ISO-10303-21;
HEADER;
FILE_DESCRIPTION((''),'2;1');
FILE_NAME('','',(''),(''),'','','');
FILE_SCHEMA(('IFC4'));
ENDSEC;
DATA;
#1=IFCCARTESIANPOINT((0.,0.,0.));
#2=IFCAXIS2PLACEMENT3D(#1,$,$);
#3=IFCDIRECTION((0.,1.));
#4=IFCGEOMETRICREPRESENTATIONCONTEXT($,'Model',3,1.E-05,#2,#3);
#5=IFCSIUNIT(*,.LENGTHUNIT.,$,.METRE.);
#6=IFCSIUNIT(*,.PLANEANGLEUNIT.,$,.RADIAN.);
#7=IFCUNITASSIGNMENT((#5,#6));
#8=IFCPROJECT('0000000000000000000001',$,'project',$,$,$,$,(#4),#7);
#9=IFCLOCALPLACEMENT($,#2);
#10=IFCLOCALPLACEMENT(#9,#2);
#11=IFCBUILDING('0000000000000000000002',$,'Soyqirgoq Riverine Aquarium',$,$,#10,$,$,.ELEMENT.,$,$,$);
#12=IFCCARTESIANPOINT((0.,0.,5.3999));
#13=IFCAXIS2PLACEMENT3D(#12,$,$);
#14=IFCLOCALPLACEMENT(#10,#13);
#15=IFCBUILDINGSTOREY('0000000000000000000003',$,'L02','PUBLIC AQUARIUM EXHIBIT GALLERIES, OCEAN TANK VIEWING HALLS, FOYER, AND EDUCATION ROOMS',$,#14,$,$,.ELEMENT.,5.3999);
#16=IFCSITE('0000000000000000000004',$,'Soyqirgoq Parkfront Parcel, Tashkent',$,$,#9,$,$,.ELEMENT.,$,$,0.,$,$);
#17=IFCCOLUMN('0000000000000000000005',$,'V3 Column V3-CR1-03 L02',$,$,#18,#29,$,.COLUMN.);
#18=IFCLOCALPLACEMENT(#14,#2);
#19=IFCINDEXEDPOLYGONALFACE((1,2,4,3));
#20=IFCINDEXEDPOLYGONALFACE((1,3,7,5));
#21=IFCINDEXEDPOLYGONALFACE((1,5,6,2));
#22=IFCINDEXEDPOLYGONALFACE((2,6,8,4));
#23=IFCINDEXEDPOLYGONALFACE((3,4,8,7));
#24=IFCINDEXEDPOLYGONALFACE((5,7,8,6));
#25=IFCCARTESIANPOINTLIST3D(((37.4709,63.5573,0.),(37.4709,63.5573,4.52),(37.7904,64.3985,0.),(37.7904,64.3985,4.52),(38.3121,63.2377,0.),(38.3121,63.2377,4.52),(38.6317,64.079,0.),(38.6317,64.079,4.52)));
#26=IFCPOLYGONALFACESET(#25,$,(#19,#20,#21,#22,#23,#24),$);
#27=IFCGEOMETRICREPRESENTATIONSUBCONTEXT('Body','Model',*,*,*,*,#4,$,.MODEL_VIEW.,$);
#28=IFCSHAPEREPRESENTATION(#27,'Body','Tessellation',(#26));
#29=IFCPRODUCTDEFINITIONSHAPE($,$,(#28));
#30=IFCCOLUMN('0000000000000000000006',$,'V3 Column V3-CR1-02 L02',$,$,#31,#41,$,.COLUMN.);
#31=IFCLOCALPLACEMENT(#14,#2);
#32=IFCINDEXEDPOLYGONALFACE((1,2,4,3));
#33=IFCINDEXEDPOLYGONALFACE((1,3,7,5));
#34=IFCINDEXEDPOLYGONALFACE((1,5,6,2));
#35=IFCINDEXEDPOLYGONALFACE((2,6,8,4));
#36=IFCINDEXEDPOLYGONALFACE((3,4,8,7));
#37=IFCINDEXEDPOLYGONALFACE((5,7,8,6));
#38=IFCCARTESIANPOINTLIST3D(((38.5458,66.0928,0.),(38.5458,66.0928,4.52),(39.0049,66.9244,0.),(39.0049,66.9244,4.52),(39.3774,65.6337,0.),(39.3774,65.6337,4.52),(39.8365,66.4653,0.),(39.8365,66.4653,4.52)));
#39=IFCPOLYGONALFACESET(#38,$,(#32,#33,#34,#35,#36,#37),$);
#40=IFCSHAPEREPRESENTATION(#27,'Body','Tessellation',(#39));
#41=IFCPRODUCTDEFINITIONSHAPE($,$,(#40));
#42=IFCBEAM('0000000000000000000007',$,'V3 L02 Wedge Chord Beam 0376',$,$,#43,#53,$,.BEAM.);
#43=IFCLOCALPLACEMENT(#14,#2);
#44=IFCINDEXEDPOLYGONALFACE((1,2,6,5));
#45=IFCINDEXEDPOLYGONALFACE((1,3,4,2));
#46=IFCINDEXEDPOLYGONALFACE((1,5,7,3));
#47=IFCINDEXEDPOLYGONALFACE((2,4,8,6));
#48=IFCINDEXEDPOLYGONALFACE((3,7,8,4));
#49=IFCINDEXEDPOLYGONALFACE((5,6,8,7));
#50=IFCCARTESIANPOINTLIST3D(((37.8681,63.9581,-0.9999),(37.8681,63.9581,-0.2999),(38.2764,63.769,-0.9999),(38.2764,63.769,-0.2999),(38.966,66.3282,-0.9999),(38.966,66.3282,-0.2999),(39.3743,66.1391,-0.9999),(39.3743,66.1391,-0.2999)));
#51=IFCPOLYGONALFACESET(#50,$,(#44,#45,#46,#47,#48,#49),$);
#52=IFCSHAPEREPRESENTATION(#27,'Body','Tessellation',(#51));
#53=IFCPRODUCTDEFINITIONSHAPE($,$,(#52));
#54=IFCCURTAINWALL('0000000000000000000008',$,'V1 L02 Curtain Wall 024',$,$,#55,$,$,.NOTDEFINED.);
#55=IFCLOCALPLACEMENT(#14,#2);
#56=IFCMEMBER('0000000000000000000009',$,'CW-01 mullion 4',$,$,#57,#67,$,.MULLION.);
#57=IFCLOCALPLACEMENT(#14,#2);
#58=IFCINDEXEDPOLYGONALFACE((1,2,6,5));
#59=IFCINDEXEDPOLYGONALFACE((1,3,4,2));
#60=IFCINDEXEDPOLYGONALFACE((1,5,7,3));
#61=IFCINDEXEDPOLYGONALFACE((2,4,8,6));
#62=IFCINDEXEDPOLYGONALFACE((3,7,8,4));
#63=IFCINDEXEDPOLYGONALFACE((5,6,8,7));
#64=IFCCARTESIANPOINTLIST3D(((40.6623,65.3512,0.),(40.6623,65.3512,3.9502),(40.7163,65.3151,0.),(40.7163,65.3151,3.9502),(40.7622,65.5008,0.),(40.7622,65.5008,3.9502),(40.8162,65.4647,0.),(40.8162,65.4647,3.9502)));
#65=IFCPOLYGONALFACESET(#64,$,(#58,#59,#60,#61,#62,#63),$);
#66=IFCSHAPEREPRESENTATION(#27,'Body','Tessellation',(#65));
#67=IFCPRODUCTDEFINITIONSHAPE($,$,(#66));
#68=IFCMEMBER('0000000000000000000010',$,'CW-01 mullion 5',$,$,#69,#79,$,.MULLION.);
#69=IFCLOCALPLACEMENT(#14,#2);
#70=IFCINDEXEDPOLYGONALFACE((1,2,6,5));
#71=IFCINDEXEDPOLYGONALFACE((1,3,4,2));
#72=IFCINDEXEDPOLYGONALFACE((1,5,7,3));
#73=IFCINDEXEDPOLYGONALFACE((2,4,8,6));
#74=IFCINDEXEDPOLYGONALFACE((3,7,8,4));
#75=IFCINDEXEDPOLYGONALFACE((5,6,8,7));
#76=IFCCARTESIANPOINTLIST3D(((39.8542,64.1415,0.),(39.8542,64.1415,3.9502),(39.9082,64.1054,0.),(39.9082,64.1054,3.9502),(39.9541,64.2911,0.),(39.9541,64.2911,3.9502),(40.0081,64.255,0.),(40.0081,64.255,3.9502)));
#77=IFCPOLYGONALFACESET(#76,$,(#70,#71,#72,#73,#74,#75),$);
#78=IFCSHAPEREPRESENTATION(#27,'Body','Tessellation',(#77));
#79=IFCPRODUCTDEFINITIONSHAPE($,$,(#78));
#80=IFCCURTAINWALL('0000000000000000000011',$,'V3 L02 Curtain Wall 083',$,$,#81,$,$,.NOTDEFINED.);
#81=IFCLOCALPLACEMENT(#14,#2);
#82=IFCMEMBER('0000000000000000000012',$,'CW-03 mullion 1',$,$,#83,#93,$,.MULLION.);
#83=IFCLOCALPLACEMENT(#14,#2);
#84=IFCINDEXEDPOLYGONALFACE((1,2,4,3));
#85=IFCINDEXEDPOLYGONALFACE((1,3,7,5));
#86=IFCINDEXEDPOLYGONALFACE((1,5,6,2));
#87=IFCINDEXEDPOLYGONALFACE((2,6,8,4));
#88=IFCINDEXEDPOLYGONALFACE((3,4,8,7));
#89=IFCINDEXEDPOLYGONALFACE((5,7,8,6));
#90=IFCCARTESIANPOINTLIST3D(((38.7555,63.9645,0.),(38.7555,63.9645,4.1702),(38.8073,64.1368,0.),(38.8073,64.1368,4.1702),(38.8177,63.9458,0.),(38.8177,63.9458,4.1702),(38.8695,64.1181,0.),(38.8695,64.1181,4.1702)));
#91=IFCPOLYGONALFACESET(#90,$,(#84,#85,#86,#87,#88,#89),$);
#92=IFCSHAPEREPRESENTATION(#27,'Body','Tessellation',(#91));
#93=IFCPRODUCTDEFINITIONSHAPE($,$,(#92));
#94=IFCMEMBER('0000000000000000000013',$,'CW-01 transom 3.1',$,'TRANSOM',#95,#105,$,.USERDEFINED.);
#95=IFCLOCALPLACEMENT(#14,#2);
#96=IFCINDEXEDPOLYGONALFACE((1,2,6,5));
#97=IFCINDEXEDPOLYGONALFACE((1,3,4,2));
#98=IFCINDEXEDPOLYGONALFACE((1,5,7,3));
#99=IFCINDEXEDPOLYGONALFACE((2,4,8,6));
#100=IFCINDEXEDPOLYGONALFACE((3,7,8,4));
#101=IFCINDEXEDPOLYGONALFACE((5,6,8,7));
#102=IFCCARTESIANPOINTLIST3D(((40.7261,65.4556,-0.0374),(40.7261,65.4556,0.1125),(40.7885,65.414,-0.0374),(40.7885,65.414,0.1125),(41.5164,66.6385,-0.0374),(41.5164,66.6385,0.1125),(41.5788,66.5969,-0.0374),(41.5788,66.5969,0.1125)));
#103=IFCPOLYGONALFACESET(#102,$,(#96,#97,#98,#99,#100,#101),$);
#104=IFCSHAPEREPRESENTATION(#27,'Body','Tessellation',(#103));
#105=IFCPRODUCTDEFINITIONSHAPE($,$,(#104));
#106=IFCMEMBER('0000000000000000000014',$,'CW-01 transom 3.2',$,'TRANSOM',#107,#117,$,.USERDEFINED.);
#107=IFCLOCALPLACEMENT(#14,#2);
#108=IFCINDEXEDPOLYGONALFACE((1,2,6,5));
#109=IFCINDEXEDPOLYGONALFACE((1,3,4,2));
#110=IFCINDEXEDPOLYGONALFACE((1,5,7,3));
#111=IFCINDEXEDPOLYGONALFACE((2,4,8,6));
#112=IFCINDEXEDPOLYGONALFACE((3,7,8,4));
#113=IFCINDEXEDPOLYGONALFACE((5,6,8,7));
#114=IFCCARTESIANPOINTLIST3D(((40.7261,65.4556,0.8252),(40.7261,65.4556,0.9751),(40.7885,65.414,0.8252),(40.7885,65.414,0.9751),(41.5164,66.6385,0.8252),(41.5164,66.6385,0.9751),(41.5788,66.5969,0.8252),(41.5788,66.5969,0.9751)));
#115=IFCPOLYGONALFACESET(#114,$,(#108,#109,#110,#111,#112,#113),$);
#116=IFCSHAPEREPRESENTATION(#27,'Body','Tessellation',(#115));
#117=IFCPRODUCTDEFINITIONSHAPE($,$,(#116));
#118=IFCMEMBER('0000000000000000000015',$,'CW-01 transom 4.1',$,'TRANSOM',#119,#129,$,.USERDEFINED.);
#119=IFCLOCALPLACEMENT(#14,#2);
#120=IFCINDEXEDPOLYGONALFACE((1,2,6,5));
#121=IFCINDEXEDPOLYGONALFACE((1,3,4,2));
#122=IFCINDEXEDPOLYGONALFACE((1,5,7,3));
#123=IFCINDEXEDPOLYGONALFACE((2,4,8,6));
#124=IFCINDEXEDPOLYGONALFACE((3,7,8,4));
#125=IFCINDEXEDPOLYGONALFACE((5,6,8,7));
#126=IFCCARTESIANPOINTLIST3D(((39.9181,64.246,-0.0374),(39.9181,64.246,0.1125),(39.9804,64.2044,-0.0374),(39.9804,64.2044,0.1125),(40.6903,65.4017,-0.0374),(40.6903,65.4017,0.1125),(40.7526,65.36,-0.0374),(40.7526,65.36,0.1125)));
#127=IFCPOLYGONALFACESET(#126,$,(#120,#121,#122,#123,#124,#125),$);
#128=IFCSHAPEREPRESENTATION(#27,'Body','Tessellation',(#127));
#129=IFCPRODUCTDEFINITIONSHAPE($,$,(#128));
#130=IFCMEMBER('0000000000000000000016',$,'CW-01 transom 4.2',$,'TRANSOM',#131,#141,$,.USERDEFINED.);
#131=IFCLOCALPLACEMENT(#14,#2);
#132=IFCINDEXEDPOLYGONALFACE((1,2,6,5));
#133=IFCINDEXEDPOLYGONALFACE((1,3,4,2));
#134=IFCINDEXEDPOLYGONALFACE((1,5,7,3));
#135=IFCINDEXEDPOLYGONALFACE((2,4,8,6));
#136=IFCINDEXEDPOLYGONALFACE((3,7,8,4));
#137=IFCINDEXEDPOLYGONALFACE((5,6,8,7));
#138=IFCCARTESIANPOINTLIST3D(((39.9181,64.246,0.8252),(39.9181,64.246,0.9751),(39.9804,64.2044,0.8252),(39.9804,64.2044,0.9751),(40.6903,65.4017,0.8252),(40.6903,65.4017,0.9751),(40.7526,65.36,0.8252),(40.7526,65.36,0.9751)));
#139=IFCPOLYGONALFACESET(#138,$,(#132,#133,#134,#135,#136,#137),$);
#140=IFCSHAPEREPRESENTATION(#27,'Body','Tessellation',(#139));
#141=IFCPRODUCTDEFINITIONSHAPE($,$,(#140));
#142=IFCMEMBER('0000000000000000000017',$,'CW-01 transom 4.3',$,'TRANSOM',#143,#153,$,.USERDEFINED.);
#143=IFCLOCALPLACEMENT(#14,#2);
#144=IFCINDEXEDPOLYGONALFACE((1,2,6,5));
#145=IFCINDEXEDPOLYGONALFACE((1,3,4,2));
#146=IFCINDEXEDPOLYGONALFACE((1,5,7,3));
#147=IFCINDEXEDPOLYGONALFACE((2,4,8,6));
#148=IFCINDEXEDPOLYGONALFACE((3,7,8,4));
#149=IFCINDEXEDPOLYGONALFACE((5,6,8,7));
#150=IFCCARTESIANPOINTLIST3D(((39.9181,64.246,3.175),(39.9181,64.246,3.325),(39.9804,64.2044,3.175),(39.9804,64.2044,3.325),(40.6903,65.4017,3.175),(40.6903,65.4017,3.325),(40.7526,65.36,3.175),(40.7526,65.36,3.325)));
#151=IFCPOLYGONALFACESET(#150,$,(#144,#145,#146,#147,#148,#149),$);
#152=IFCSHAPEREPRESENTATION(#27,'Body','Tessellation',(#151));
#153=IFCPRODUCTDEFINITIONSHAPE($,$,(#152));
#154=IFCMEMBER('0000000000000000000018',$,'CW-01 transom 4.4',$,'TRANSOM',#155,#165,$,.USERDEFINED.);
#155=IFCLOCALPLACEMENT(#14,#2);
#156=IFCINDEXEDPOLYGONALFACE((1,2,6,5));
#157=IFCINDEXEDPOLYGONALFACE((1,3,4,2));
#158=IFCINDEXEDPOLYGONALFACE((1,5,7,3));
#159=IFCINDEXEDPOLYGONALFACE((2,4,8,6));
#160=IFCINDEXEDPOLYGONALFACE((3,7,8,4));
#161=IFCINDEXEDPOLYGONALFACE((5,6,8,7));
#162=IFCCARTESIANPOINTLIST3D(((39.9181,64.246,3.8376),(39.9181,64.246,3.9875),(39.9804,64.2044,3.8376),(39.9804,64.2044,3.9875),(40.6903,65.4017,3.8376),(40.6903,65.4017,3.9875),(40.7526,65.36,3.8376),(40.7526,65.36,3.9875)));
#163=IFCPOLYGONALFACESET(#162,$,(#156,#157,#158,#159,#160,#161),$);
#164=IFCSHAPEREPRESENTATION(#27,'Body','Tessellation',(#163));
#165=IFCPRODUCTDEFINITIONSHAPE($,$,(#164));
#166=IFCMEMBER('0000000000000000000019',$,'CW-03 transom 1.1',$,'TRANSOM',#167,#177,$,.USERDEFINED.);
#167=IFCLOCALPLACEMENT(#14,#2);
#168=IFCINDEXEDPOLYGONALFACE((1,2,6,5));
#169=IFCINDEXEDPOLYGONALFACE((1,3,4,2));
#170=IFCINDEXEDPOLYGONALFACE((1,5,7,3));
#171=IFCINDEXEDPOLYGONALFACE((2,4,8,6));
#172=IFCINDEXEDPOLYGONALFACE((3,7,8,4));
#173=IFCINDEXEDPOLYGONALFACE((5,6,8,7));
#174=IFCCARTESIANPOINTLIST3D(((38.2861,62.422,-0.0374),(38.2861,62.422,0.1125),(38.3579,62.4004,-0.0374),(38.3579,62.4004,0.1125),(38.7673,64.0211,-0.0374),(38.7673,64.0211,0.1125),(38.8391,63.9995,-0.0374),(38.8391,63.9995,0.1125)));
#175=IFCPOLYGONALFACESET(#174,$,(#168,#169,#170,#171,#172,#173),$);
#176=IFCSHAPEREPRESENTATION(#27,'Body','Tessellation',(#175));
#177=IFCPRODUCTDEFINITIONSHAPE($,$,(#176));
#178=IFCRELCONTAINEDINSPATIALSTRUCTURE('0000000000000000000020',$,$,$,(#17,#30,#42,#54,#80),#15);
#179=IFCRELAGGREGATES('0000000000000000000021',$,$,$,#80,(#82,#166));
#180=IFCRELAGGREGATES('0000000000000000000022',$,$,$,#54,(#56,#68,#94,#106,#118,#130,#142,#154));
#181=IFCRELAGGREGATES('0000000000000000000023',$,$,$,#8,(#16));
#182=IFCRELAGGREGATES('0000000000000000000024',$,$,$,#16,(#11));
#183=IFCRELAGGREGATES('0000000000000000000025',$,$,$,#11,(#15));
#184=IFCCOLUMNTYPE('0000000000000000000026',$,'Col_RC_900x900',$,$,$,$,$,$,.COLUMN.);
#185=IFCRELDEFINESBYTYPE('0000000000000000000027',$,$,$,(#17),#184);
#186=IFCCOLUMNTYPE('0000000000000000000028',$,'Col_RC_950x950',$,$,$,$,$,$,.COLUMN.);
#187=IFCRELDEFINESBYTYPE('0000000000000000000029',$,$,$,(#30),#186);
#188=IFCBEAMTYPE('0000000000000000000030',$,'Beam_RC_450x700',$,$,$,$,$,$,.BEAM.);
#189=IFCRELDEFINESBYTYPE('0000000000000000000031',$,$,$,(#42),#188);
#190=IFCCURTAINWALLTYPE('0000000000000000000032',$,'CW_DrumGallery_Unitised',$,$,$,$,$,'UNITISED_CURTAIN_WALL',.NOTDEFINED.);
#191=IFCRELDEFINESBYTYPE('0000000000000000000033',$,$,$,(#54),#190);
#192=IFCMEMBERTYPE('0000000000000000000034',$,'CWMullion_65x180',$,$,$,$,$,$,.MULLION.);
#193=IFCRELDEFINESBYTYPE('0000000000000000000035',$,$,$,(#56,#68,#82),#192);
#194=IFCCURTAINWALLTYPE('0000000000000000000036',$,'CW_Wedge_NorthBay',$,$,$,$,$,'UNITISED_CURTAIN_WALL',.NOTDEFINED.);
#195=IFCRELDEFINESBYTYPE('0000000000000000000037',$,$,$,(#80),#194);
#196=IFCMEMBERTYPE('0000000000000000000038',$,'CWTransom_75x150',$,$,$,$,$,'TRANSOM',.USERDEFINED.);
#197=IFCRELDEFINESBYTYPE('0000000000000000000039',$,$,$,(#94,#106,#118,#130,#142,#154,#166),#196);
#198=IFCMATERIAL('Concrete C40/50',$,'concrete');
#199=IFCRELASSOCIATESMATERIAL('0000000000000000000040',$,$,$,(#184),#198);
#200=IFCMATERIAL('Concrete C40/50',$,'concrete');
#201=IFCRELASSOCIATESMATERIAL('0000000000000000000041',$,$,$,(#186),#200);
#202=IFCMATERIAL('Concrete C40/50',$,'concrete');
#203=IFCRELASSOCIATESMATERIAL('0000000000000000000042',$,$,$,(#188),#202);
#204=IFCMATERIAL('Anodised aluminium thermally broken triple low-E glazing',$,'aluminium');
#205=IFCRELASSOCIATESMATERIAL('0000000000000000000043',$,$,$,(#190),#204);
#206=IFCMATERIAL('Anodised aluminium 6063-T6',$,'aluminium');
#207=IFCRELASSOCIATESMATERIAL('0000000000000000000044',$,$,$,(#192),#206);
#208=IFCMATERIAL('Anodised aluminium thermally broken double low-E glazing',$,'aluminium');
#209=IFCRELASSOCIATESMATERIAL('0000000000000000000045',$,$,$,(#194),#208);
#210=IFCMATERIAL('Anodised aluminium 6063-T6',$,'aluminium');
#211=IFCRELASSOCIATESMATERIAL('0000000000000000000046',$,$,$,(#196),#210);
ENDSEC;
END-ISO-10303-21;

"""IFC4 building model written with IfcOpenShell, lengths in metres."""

from ifc_helpers import new_model, si_unit, direction, frame, origin, origin_2d, place, context, subcontext, project, spatial, rectangle, extrude, material, material_profile, profile_set, type_object, element, aggregate, save


model = new_model("IFC4")

# Units and contexts
model_context = context("Model", 3, precision=1e-05, world=origin(), true_north=direction((0.0, 1.0)))
body_context = subcontext(model_context, "Body", "Model", "MODEL_VIEW")
ifc_project = project(units=[si_unit("LENGTHUNIT", "METRE"), si_unit("PLANEANGLEUNIT", "RADIAN")], contexts=[model_context])

# Site, building, storey
site_placement = place(None, origin())
site = spatial("IfcSite", under=ifc_project, at=site_placement, Name="Soyqirgoq Parkfront Parcel, Tashkent", CompositionType="ELEMENT", RefElevation=0.0)
building_placement = place(site_placement, origin())
building = spatial("IfcBuilding", under=site, at=building_placement, Name="Soyqirgoq Riverine Aquarium", CompositionType="ELEMENT")
storey_placement = place(building_placement, frame((0.0, 0.0, 5.3999)))
storey = spatial("IfcBuildingStorey", under=building, at=storey_placement, Name="L02", Description="PUBLIC AQUARIUM EXHIBIT GALLERIES, OCEAN TANK VIEWING HALLS, FOYER, AND EDUCATION ROOMS", CompositionType="ELEMENT", Elevation=5.3999)

# Columns
ifc_material_1 = material(Name="Concrete C40/50", Category="concrete")
ifc_material_profile_1 = material_profile(ifc_material_1, rectangle(XDim=0.8999, YDim=0.8999, at=origin_2d()), Name="RC 900x900")
ifc_profile_set_1 = profile_set([ifc_material_profile_1], Name="Concrete C40/50")
column_type_1 = type_object("IfcColumnType", Name="Col_RC_900x900", PredefinedType="COLUMN", material=ifc_profile_set_1)
column_1_placement = place(storey_placement, frame((38.0513, 63.8181, 0.0), z_axis=(0.0, 0.0, 1.0), x_axis=(-0.934826, 0.355107, 0.0)))
element("IfcColumn", 1, at=column_1_placement, inside=storey, type_object=column_type_1, Name="V3 Column V3-CR1-03 L02", PredefinedType="COLUMN", context=body_context, shape_type="SweptSolid", body=[
    extrude(rectangle(XDim=0.8999, YDim=0.8999, at=origin_2d()), origin(), (0.0, 0.0, 1.0), 4.52),
])
ifc_material_2 = material(Name="Concrete C40/50", Category="concrete")
ifc_material_profile_2 = material_profile(ifc_material_2, rectangle(XDim=0.95, YDim=0.95, at=origin_2d()), Name="RC 950x950")
ifc_profile_set_2 = profile_set([ifc_material_profile_2], Name="Concrete C40/50")
column_type_2 = type_object("IfcColumnType", Name="Col_RC_950x950", PredefinedType="COLUMN", material=ifc_profile_set_2)
column_2_placement = place(storey_placement, frame((39.1912, 66.2791, 0.0), z_axis=(0.0, 0.0, 1.0), x_axis=(-0.875465, 0.483282, 0.0)))
element("IfcColumn", 2, at=column_2_placement, inside=storey, type_object=column_type_2, Name="V3 Column V3-CR1-02 L02", PredefinedType="COLUMN", context=body_context, shape_type="SweptSolid", body=[
    extrude(rectangle(XDim=0.95, YDim=0.95, at=origin_2d()), origin(), (0.0, 0.0, 1.0), 4.52),
])

# Beam
ifc_material_3 = material(Name="Concrete C40/50", Category="concrete")
ifc_material_profile_3 = material_profile(ifc_material_3, rectangle(XDim=0.45, YDim=0.7, at=origin_2d()), Name="RC 450x700")
ifc_profile_set_3 = profile_set([ifc_material_profile_3], Name="Concrete C40/50")
beam_type_1 = type_object("IfcBeamType", Name="Beam_RC_450x700", PredefinedType="BEAM", material=ifc_profile_set_3)
beam_1_placement = place(storey_placement, frame((39.1702, 66.2336, -0.6499), z_axis=(-0.42032, -0.907376, 0.0), x_axis=(0.907376, -0.42032, 0.0)))
element("IfcBeam", 3, at=beam_1_placement, inside=storey, type_object=beam_type_1, Name="V3 L02 Wedge Chord Beam 0376", PredefinedType="BEAM", context=body_context, shape_type="SweptSolid", body=[
    extrude(rectangle(XDim=0.45, YDim=0.7, at=origin_2d()), origin(), (0.0, 0.0, 1.0), 2.6121),
])

# Curtain wall, members
ifc_material_4 = material(Name="Anodised aluminium thermally broken triple low-E glazing", Category="aluminium")
curtain_wall_type_1 = type_object("IfcCurtainWallType", Name="CW_DrumGallery_Unitised", ElementType="UNITISED_CURTAIN_WALL", PredefinedType="NOTDEFINED", material=ifc_material_4)
curtain_wall_1_placement = place(storey_placement, origin())
curtain_wall_1 = element("IfcCurtainWall", 4, at=curtain_wall_1_placement, inside=storey, type_object=curtain_wall_type_1, Name="V1 L02 Curtain Wall 024", PredefinedType="NOTDEFINED")
ifc_material_5 = material(Name="Anodised aluminium 6063-T6", Category="aluminium")
ifc_material_profile_4 = material_profile(ifc_material_5, rectangle(XDim=0.0649, YDim=0.1799, at=origin_2d()), Name="ALU-M 65x180")
ifc_profile_set_4 = profile_set([ifc_material_profile_4], Name="Anodised aluminium 6063-T6")
member_type_1 = type_object("IfcMemberType", Name="CWMullion_65x180", PredefinedType="MULLION", material=ifc_profile_set_4)
member_1_placement = place(storey_placement, frame((40.7393, 65.408, 0.0), z_axis=(0.0, 0.0, 1.0), x_axis=(0.831473, -0.555565, 0.0)))
member_1 = element("IfcMember", 5, at=member_1_placement, type_object=member_type_1, Name="CW-01 mullion 4", PredefinedType="MULLION", context=body_context, shape_type="SweptSolid", body=[
    extrude(rectangle(XDim=0.0649, YDim=0.1799, at=origin_2d()), origin(), (0.0, 0.0, 1.0), 3.9502),
])
member_2_placement = place(storey_placement, frame((39.9312, 64.1982, 0.0), z_axis=(0.0, 0.0, 1.0), x_axis=(0.831473, -0.555565, 0.0)))
member_2 = element("IfcMember", 6, at=member_2_placement, type_object=member_type_1, Name="CW-01 mullion 5", PredefinedType="MULLION", context=body_context, shape_type="SweptSolid", body=[
    extrude(rectangle(XDim=0.0649, YDim=0.1799, at=origin_2d()), origin(), (0.0, 0.0, 1.0), 3.9502),
])

# Curtain wall, member
ifc_material_6 = material(Name="Anodised aluminium thermally broken double low-E glazing", Category="aluminium")
curtain_wall_type_2 = type_object("IfcCurtainWallType", Name="CW_Wedge_NorthBay", ElementType="UNITISED_CURTAIN_WALL", PredefinedType="NOTDEFINED", material=ifc_material_6)
curtain_wall_2_placement = place(storey_placement, origin())
curtain_wall_2 = element("IfcCurtainWall", 7, at=curtain_wall_2_placement, inside=storey, type_object=curtain_wall_type_2, Name="V3 L02 Curtain Wall 083", PredefinedType="NOTDEFINED")
member_3_placement = place(storey_placement, frame((38.8125, 64.0413, 0.0), z_axis=(0.0, 0.0, 1.0), x_axis=(0.95759, -0.288134, 0.0)))
member_3 = element("IfcMember", 8, at=member_3_placement, type_object=member_type_1, Name="CW-03 mullion 1", PredefinedType="MULLION", context=body_context, shape_type="SweptSolid", body=[
    extrude(rectangle(XDim=0.0649, YDim=0.1799, at=origin_2d()), origin(), (0.0, 0.0, 1.0), 4.1702),
])

# Members
ifc_material_7 = material(Name="Anodised aluminium 6063-T6", Category="aluminium")
ifc_material_profile_5 = material_profile(ifc_material_7, rectangle(XDim=0.075, YDim=0.1499, at=origin_2d()), Name="ALU-T 75x150")
ifc_profile_set_5 = profile_set([ifc_material_profile_5], Name="Anodised aluminium 6063-T6")
member_type_2 = type_object("IfcMemberType", Name="CWTransom_75x150", ElementType="TRANSOM", PredefinedType="USERDEFINED", material=ifc_profile_set_5)
member_4_placement = place(storey_placement, frame((41.5476, 66.6177, 0.0376), z_axis=(-0.555532, -0.831495, 0.0), x_axis=(0.831495, -0.555532, 0.0)))
member_4 = element("IfcMember", 9, at=member_4_placement, type_object=member_type_2, Name="CW-01 transom 3.1", ObjectType="TRANSOM", PredefinedType="USERDEFINED", context=body_context, shape_type="SweptSolid", body=[
    extrude(rectangle(XDim=0.075, YDim=0.1499, at=origin_2d()), origin(), (0.0, 0.0, 1.0), 1.4226),
])
member_5_placement = place(storey_placement, frame((41.5476, 66.6177, 0.9001), z_axis=(-0.555532, -0.831495, 0.0), x_axis=(0.831495, -0.555532, 0.0)))
member_5 = element("IfcMember", 10, at=member_5_placement, type_object=member_type_2, Name="CW-01 transom 3.2", ObjectType="TRANSOM", PredefinedType="USERDEFINED", context=body_context, shape_type="SweptSolid", body=[
    extrude(rectangle(XDim=0.075, YDim=0.1499, at=origin_2d()), origin(), (0.0, 0.0, 1.0), 1.4226),
])
member_6_placement = place(storey_placement, frame((40.7214, 65.3809, 0.0376), z_axis=(-0.555551, -0.831482, 0.0), x_axis=(0.831482, -0.555551, 0.0)))
member_6 = element("IfcMember", 11, at=member_6_placement, type_object=member_type_2, Name="CW-01 transom 4.1", ObjectType="TRANSOM", PredefinedType="USERDEFINED", context=body_context, shape_type="SweptSolid", body=[
    extrude(rectangle(XDim=0.075, YDim=0.1499, at=origin_2d()), origin(), (0.0, 0.0, 1.0), 1.3899),
])
member_7_placement = place(storey_placement, frame((40.7214, 65.3809, 0.9001), z_axis=(-0.555551, -0.831482, 0.0), x_axis=(0.831482, -0.555551, 0.0)))
member_7 = element("IfcMember", 12, at=member_7_placement, type_object=member_type_2, Name="CW-01 transom 4.2", ObjectType="TRANSOM", PredefinedType="USERDEFINED", context=body_context, shape_type="SweptSolid", body=[
    extrude(rectangle(XDim=0.075, YDim=0.1499, at=origin_2d()), origin(), (0.0, 0.0, 1.0), 1.3899),
])
member_8_placement = place(storey_placement, frame((40.7214, 65.3809, 3.25), z_axis=(-0.555551, -0.831482, 0.0), x_axis=(0.831482, -0.555551, 0.0)))
member_8 = element("IfcMember", 13, at=member_8_placement, type_object=member_type_2, Name="CW-01 transom 4.3", ObjectType="TRANSOM", PredefinedType="USERDEFINED", context=body_context, shape_type="SweptSolid", body=[
    extrude(rectangle(XDim=0.075, YDim=0.1499, at=origin_2d()), origin(), (0.0, 0.0, 1.0), 1.3899),
])
member_9_placement = place(storey_placement, frame((40.7214, 65.3809, 3.9126), z_axis=(-0.555551, -0.831482, 0.0), x_axis=(0.831482, -0.555551, 0.0)))
member_9 = element("IfcMember", 14, at=member_9_placement, type_object=member_type_2, Name="CW-01 transom 4.4", ObjectType="TRANSOM", PredefinedType="USERDEFINED", context=body_context, shape_type="SweptSolid", body=[
    extrude(rectangle(XDim=0.075, YDim=0.1499, at=origin_2d()), origin(), (0.0, 0.0, 1.0), 1.3899),
])
member_10_placement = place(storey_placement, frame((38.8032, 64.0103, 0.0376), z_axis=(-0.288153, -0.957585, 0.0), x_axis=(0.957585, -0.288153, 0.0)))
member_10 = element("IfcMember", 15, at=member_10_placement, type_object=member_type_2, Name="CW-03 transom 1.1", ObjectType="TRANSOM", PredefinedType="USERDEFINED", context=body_context, shape_type="SweptSolid", body=[
    extrude(rectangle(XDim=0.075, YDim=0.1499, at=origin_2d()), origin(), (0.0, 0.0, 1.0), 1.6699),
])
aggregate(curtain_wall_2, [member_3, member_10])

aggregate(curtain_wall_1, [member_1, member_2, member_4, member_5, member_6, member_7, member_8, member_9])

save(model, "model.ifc")
